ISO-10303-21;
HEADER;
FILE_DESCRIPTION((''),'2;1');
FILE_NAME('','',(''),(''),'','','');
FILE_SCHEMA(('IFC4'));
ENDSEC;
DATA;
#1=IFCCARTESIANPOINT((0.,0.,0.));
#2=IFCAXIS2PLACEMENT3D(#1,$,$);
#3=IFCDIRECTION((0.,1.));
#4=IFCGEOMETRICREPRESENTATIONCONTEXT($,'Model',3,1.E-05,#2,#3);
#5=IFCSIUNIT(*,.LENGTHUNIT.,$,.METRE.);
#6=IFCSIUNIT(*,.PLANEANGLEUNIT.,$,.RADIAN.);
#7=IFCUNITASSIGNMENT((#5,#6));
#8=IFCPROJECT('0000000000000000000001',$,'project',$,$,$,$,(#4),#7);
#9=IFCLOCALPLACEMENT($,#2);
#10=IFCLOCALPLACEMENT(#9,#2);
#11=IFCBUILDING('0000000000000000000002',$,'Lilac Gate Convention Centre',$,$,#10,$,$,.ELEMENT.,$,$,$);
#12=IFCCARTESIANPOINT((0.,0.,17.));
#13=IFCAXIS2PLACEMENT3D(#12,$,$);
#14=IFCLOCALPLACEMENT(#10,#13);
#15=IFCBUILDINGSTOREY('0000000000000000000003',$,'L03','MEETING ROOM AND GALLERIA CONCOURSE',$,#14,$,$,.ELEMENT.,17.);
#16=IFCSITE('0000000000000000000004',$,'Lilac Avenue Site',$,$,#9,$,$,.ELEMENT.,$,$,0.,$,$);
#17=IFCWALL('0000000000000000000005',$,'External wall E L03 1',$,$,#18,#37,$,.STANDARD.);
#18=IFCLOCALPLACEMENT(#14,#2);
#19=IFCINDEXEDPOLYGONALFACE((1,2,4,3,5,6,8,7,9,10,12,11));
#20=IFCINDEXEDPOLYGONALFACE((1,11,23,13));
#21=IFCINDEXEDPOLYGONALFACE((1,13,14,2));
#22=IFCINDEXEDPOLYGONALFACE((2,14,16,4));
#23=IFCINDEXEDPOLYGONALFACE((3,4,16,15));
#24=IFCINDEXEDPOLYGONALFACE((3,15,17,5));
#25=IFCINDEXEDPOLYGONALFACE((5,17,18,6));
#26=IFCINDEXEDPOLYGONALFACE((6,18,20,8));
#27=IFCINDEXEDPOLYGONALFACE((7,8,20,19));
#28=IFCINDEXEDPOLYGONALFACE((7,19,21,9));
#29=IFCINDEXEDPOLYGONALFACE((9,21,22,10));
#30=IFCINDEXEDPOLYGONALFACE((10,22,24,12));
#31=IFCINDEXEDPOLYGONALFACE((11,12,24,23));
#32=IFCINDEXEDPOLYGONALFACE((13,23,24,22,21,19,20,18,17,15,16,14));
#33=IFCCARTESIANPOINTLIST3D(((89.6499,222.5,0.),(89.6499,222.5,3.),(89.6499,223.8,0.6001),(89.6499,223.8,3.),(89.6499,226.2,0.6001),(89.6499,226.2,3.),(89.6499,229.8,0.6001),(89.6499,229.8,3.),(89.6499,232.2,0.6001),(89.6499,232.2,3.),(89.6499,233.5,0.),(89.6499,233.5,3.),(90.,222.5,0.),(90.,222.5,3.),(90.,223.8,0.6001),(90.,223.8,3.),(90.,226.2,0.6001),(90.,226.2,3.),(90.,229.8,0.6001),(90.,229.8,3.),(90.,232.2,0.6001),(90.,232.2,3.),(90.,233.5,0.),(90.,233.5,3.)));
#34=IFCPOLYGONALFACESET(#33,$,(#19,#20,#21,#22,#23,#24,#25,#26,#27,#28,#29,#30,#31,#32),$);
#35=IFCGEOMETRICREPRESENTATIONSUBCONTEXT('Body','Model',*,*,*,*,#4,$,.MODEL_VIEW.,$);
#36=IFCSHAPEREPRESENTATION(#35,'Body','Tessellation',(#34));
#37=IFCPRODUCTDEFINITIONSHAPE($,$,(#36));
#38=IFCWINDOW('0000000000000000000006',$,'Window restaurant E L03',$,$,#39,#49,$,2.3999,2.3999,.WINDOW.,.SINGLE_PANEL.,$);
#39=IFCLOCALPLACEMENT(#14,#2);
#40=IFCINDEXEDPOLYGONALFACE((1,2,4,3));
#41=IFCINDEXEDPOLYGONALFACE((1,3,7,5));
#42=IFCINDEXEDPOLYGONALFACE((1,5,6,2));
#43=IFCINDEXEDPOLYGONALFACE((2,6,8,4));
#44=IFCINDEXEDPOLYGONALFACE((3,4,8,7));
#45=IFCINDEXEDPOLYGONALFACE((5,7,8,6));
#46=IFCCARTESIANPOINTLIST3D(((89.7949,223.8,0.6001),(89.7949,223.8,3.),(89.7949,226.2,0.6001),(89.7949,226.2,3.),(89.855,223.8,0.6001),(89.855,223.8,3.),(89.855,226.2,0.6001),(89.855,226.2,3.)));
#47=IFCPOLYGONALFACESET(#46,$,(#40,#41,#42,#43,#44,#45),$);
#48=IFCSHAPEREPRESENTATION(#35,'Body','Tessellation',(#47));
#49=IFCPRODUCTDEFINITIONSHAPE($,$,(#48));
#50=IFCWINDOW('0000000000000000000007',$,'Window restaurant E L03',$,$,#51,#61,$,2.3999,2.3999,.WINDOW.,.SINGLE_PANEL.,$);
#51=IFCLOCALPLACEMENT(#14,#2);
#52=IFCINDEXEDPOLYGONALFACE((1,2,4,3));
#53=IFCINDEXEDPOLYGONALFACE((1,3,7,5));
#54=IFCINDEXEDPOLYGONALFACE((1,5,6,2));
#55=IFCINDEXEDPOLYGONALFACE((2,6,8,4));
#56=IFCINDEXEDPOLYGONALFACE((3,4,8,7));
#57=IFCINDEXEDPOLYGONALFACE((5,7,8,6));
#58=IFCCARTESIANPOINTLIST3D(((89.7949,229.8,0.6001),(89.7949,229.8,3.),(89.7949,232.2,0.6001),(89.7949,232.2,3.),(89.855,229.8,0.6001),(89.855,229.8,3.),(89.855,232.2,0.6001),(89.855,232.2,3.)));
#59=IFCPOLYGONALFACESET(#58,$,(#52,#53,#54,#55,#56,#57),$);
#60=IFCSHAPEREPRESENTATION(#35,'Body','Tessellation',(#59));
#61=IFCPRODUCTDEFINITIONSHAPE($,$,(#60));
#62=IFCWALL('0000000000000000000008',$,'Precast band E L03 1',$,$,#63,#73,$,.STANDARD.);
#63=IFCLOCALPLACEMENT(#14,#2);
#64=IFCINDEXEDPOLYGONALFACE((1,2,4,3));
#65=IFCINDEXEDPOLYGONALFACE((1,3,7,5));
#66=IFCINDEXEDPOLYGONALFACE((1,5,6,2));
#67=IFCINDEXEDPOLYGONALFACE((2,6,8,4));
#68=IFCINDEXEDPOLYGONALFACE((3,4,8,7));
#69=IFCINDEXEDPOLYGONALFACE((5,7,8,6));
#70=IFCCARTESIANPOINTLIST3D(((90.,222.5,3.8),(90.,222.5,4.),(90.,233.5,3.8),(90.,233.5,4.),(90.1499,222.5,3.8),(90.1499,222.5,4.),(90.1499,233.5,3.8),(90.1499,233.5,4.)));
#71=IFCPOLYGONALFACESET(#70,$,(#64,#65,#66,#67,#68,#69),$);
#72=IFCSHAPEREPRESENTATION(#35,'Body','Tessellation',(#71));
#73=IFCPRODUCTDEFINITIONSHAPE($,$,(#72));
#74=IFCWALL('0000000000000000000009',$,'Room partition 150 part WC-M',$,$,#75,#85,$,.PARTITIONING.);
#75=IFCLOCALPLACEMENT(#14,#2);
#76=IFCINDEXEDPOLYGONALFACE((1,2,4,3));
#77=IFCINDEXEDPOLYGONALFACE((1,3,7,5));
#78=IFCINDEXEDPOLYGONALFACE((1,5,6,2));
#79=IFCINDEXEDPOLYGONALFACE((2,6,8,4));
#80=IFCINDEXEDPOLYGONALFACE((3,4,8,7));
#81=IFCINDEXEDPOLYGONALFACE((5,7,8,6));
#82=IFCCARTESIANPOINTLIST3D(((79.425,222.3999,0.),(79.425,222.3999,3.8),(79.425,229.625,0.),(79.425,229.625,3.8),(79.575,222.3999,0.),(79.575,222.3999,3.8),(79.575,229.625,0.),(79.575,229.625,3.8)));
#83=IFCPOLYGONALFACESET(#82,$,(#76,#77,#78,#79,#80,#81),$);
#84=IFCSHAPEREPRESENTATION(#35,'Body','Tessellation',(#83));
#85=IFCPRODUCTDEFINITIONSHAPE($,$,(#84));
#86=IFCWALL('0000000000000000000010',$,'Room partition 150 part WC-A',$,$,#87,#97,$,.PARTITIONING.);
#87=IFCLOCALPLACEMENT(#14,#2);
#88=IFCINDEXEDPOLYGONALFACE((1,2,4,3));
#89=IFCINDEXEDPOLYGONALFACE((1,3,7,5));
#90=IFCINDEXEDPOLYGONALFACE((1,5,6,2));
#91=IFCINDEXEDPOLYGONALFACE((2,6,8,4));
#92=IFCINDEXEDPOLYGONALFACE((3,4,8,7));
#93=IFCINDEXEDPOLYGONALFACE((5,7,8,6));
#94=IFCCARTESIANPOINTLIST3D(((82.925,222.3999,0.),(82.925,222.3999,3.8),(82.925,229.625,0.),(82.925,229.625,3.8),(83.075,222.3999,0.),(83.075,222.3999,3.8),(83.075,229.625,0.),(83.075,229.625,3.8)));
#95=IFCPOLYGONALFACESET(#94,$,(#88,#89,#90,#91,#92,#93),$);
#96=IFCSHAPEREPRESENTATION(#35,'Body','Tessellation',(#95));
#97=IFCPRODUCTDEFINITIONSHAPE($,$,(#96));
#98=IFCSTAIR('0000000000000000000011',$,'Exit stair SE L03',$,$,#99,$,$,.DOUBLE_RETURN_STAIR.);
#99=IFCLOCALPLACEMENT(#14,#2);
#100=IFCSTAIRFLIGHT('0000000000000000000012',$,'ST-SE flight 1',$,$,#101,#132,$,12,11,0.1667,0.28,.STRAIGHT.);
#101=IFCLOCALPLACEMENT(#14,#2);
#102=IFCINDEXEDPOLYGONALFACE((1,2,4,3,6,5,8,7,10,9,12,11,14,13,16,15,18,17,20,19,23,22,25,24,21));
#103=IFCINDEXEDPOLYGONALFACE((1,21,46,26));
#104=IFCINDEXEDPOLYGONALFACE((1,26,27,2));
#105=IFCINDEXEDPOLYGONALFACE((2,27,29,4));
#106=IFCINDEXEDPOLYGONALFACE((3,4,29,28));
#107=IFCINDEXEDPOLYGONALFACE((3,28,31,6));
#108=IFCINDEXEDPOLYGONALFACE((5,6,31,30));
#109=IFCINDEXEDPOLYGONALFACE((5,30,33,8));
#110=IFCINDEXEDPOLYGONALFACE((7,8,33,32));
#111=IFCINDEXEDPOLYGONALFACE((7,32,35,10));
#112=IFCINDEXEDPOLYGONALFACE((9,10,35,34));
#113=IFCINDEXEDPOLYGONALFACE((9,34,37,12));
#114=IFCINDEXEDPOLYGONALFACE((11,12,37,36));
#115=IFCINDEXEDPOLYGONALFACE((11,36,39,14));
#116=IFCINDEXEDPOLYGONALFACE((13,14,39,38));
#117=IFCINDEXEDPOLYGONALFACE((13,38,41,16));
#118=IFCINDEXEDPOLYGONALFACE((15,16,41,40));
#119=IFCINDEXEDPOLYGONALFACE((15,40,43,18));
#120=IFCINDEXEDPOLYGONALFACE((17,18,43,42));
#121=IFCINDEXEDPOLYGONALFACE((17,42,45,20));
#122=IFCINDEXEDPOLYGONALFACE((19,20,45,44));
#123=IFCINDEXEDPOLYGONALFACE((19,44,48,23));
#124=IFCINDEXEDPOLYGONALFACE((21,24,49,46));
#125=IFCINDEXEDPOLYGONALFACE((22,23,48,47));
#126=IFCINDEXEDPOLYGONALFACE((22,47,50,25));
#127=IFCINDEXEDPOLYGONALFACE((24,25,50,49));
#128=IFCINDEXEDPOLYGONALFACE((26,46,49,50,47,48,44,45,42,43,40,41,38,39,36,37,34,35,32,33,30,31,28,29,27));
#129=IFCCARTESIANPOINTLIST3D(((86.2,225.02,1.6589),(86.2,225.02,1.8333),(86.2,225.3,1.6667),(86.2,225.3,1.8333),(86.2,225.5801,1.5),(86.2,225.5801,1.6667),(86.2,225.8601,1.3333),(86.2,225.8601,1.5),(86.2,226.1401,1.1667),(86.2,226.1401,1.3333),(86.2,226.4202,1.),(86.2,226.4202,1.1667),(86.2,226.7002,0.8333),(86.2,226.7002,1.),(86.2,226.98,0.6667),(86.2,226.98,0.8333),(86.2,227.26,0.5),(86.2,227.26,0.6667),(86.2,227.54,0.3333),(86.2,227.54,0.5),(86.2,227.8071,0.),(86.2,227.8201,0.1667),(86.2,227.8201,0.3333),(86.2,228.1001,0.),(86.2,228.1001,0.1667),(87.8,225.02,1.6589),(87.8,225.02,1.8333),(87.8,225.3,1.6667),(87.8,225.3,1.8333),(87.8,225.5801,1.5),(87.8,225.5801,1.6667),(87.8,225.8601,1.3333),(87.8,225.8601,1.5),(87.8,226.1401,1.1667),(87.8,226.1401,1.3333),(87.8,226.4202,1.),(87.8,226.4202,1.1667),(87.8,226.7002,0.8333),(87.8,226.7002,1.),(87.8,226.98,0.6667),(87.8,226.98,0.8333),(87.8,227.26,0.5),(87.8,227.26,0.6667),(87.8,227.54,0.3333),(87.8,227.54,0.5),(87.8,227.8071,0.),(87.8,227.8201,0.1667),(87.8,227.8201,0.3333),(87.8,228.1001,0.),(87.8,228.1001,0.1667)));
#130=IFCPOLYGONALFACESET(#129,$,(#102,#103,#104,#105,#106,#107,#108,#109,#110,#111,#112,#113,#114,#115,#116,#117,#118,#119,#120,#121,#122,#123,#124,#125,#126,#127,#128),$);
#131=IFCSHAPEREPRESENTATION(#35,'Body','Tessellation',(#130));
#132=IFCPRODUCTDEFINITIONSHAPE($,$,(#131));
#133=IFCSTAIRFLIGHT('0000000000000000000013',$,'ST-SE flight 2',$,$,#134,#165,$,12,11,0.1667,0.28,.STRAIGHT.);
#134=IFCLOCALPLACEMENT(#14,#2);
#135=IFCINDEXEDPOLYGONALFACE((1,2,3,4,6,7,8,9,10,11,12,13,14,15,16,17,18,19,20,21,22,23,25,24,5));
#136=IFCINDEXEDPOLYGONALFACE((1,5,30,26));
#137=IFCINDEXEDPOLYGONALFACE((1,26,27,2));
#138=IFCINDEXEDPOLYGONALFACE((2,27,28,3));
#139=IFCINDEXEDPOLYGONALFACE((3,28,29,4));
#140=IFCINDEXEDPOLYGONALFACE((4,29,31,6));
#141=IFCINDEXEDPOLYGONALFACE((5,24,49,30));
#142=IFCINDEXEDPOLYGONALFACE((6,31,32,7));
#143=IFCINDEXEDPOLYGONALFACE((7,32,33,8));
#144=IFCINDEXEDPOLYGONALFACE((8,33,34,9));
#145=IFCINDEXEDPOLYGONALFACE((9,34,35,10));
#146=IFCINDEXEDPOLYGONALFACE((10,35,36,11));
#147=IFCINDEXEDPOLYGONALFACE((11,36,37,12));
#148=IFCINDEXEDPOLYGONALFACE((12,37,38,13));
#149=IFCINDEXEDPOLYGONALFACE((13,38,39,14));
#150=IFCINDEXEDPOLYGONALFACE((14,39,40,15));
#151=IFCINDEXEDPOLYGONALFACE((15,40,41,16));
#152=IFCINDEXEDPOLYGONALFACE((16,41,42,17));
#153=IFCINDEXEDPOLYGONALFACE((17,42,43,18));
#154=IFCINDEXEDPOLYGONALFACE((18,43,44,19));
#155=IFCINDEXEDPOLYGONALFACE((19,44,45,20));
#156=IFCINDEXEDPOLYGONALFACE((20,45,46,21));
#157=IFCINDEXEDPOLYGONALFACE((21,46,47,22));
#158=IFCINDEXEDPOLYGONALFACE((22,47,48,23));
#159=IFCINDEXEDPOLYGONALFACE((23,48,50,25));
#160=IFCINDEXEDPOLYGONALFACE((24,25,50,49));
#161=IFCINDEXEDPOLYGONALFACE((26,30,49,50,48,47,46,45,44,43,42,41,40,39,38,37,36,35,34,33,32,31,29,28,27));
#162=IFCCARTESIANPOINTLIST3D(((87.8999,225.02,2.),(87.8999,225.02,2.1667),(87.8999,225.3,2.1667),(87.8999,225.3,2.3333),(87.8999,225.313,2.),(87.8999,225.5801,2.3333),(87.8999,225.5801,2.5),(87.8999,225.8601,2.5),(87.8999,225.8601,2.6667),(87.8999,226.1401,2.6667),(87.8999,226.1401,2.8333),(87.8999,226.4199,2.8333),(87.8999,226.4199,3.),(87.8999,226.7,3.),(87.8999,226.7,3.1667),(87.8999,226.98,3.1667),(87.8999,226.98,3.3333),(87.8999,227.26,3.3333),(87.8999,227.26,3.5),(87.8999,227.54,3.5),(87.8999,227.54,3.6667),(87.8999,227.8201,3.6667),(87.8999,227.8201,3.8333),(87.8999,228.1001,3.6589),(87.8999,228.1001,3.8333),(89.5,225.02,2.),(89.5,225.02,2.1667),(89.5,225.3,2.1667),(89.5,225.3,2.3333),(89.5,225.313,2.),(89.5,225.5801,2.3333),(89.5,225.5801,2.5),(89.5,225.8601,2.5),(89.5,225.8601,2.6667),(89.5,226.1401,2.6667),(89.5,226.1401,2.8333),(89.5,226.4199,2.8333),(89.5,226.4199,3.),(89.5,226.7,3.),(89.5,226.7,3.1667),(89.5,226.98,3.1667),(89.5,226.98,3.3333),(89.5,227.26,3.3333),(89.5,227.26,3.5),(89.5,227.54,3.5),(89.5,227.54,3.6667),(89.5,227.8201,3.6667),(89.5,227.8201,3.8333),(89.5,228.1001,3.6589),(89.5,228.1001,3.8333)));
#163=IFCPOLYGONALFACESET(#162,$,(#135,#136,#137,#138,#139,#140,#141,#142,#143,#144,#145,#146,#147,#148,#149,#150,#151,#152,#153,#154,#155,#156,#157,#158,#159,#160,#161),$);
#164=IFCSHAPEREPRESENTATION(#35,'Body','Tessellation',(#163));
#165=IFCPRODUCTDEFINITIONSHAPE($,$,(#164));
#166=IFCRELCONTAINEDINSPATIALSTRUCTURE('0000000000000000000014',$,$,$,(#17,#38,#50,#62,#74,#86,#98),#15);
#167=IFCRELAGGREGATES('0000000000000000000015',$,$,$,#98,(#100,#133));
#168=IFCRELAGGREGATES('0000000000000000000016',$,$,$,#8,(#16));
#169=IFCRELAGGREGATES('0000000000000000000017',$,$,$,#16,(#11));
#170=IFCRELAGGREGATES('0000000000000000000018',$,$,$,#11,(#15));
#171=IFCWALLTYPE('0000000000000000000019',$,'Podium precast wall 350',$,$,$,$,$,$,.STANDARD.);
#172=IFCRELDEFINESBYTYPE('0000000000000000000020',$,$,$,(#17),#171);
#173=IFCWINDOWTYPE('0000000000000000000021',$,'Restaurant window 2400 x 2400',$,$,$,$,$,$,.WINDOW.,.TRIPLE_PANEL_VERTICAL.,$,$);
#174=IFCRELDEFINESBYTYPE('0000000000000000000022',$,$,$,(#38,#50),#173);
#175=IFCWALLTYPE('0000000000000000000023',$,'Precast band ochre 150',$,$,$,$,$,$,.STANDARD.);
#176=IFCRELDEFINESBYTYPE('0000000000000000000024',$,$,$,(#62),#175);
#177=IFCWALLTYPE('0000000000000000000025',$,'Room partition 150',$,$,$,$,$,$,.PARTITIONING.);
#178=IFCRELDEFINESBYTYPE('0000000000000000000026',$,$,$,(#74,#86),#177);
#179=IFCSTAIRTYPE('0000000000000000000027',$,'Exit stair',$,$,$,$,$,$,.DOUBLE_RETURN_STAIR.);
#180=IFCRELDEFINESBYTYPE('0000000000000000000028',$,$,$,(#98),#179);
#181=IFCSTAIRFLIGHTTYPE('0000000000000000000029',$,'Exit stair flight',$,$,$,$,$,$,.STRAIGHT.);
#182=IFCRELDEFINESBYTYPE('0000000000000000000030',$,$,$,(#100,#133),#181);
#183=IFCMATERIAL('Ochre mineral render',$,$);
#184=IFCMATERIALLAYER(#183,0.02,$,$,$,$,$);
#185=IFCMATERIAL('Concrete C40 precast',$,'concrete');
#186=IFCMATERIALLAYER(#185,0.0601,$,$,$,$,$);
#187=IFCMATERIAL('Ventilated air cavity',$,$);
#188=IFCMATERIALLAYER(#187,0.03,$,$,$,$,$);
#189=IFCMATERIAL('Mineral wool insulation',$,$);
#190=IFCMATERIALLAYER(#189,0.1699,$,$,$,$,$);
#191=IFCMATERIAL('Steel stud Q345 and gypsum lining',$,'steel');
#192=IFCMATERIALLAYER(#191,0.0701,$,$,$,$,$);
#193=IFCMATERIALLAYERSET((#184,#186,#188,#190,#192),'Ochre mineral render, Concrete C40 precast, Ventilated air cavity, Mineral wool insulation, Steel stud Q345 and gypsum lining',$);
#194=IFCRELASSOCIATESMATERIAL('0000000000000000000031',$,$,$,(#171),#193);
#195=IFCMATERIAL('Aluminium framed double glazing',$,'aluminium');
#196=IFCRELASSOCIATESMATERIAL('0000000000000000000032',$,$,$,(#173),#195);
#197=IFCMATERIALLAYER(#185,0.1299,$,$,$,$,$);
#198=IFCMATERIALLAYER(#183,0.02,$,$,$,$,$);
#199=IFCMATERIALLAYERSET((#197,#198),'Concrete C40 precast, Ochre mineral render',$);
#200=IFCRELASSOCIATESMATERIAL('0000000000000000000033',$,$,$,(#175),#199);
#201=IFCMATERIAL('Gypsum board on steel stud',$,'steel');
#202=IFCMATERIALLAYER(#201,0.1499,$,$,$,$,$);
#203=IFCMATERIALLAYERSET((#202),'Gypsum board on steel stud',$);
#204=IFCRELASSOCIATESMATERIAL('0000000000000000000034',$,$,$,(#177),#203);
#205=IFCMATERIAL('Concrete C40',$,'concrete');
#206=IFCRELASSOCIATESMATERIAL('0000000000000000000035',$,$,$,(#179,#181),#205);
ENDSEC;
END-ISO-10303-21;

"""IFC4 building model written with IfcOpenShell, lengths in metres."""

from ifc_helpers import new_model, si_unit, direction, frame, frame_2d, origin, place, context, subcontext, project, spatial, polyline, rectangle, outline, extrude, material, layer, layer_set, type_object, element, fill, aggregate, save


model = new_model("IFC4")

# Units and contexts
model_context = context("Model", 3, precision=1e-05, world=origin(), true_north=direction((0.0, 1.0)))
body_context = subcontext(model_context, "Body", "Model", "MODEL_VIEW")
ifc_project = project(units=[si_unit("LENGTHUNIT", "METRE"), si_unit("PLANEANGLEUNIT", "RADIAN")], contexts=[model_context])

# Site, building, storey
site_placement = place(None, origin())
site = spatial("IfcSite", under=ifc_project, at=site_placement, Name="Lilac Avenue Site", CompositionType="ELEMENT", RefElevation=0.0)
building_placement = place(site_placement, origin())
building = spatial("IfcBuilding", under=site, at=building_placement, Name="Lilac Gate Convention Centre", CompositionType="ELEMENT")
storey_placement = place(building_placement, frame((0.0, 0.0, 17.0)))
storey = spatial("IfcBuildingStorey", under=building, at=storey_placement, Name="L03", Description="MEETING ROOM AND GALLERIA CONCOURSE", CompositionType="ELEMENT", Elevation=17.0)

# Shared definitions
ifc_material_1 = material(Name="Concrete C40", Category="concrete")

# Shared definitions
ifc_material_2 = material(Name="Gypsum board on steel stud", Category="steel")

# Wall, openings, windows
ifc_material_3 = material(Name="Ochre mineral render")
ifc_layer_1 = layer(ifc_material_3, 0.02)
ifc_material_4 = material(Name="Concrete C40 precast", Category="concrete")
ifc_layer_2 = layer(ifc_material_4, 0.0601)
ifc_material_5 = material(Name="Ventilated air cavity")
ifc_layer_3 = layer(ifc_material_5, 0.03)
ifc_material_6 = material(Name="Mineral wool insulation")
ifc_layer_4 = layer(ifc_material_6, 0.1699)
ifc_material_7 = material(Name="Steel stud Q345 and gypsum lining", Category="steel")
ifc_layer_5 = layer(ifc_material_7, 0.0701)
ifc_layer_set_1 = layer_set([ifc_layer_1, ifc_layer_2, ifc_layer_3, ifc_layer_4, ifc_layer_5], Name="Ochre mineral render, Concrete C40 precast, Ventilated air cavity, Mineral wool insulation, Steel stud Q345 and gypsum lining")
wall_type_1 = type_object("IfcWallType", Name="Podium precast wall 350", PredefinedType="STANDARD", material=ifc_layer_set_1)
wall_1_placement = place(storey_placement, frame((89.825, 222.5, 0.0), z_axis=(0.0, 0.0, 1.0), x_axis=(0.0, 1.0, 0.0)))
wall_1 = element("IfcWall", 1, at=wall_1_placement, inside=storey, type_object=wall_type_1, Name="External wall E L03 1", PredefinedType="STANDARD", context=body_context, shape_type="SweptSolid", body=[
    extrude(rectangle(XDim=11.0, YDim=0.3501, at=frame_2d((5.5, 0.0))), origin(), (0.0, 0.0, 1.0), 3.0),
])
opening_1_placement = place(wall_1_placement, frame((1.3, 0.0, 0.6001)))
opening_1 = element("IfcOpeningElement", 2, at=opening_1_placement, cuts=wall_1, PredefinedType="OPENING", context=body_context, shape_type="SweptSolid", body=[
    extrude(rectangle(XDim=2.3999, YDim=2.3999, at=frame_2d((1.2, 1.2))), frame((0.0, 0.1851, 0.0), z_axis=(0.0, -1.0, 0.0), x_axis=(1.0, 0.0, 0.0)), (0.0, 0.0, 1.0), 0.3701),
])
opening_2_placement = place(wall_1_placement, frame((7.3, 0.0, 0.6001)))
opening_2 = element("IfcOpeningElement", 3, at=opening_2_placement, cuts=wall_1, PredefinedType="OPENING", context=body_context, shape_type="SweptSolid", body=[
    extrude(rectangle(XDim=2.3999, YDim=2.3999, at=frame_2d((1.2, 1.2))), frame((0.0, 0.1851, 0.0), z_axis=(0.0, -1.0, 0.0), x_axis=(1.0, 0.0, 0.0)), (0.0, 0.0, 1.0), 0.3701),
])
ifc_material_8 = material(Name="Aluminium framed double glazing", Category="aluminium")
window_type = type_object("IfcWindowType", Name="Restaurant window 2400 x 2400", PartitioningType="TRIPLE_PANEL_VERTICAL", PredefinedType="WINDOW", material=ifc_material_8)
window_1_placement = place(opening_1_placement, origin())
window_1 = element("IfcWindow", 4, at=window_1_placement, inside=storey, type_object=window_type, Name="Window restaurant E L03", OverallHeight=2.3999, OverallWidth=2.3999, PartitioningType="SINGLE_PANEL", PredefinedType="WINDOW", context=body_context, shape_type="SweptSolid", body=[
    extrude(rectangle(XDim=2.3999, YDim=2.3999, at=frame_2d((1.2, 1.2))), frame((0.0, 0.03, 0.0), z_axis=(0.0, -1.0, 0.0), x_axis=(1.0, 0.0, 0.0)), (0.0, 0.0, 1.0), 0.0601),
])
fill(opening_1, window_1)
window_2_placement = place(opening_2_placement, origin())
window_2 = element("IfcWindow", 5, at=window_2_placement, inside=storey, type_object=window_type, Name="Window restaurant E L03", OverallHeight=2.3999, OverallWidth=2.3999, PartitioningType="SINGLE_PANEL", PredefinedType="WINDOW", context=body_context, shape_type="SweptSolid", body=[
    extrude(rectangle(XDim=2.3999, YDim=2.3999, at=frame_2d((1.2, 1.2))), frame((0.0, 0.03, 0.0), z_axis=(0.0, -1.0, 0.0), x_axis=(1.0, 0.0, 0.0)), (0.0, 0.0, 1.0), 0.0601),
])
fill(opening_2, window_2)

# Walls
ifc_layer_6 = layer(ifc_material_4, 0.1299)
ifc_layer_7 = layer(ifc_material_3, 0.02)
ifc_layer_set_2 = layer_set([ifc_layer_6, ifc_layer_7], Name="Concrete C40 precast, Ochre mineral render")
wall_type_2 = type_object("IfcWallType", Name="Precast band ochre 150", PredefinedType="STANDARD", material=ifc_layer_set_2)
wall_2_placement = place(storey_placement, frame((90.075, 222.5, 3.8), z_axis=(0.0, 0.0, 1.0), x_axis=(0.0, 1.0, 0.0)))
element("IfcWall", 6, at=wall_2_placement, inside=storey, type_object=wall_type_2, Name="Precast band E L03 1", PredefinedType="STANDARD", context=body_context, shape_type="SweptSolid", body=[
    extrude(rectangle(XDim=11.0, YDim=0.1499, at=frame_2d((5.5, 0.0))), origin(), (0.0, 0.0, 1.0), 0.2),
])
ifc_layer_8 = layer(ifc_material_2, 0.1499)
ifc_layer_set_3 = layer_set([ifc_layer_8], Name="Gypsum board on steel stud")
wall_type_3 = type_object("IfcWallType", Name="Room partition 150", PredefinedType="PARTITIONING", material=ifc_layer_set_3)
for number, where, z_axis, x_axis, name in (
    (7, (79.5, 222.3999, 0.0), (0.0, 0.0, 1.0), (0.0, 1.0, 0.0), "Room partition 150 part WC-M"),
    (8, (83.0, 222.3999, 0.0), (0.0, 0.0, 1.0), (0.0, 1.0, 0.0), "Room partition 150 part WC-A"),
):
    element("IfcWall", number, at=place(storey_placement, frame(where, z_axis=z_axis, x_axis=x_axis)), inside=storey, type_object=wall_type_3, Name=name, PredefinedType="PARTITIONING", context=body_context, shape_type="SweptSolid", body=[
        extrude(rectangle(XDim=7.2251, YDim=0.1499, at=frame_2d((3.6125, 0.0))), origin(), (0.0, 0.0, 1.0), 3.8),
    ])

# Stair, stair flights
stair_type = type_object("IfcStairType", Name="Exit stair", PredefinedType="DOUBLE_RETURN_STAIR", material=ifc_material_1)
stair_placement = place(storey_placement, origin())
stair = element("IfcStair", 9, at=stair_placement, inside=storey, type_object=stair_type, Name="Exit stair SE L03", PredefinedType="DOUBLE_RETURN_STAIR")
stair_flight_type = type_object("IfcStairFlightType", Name="Exit stair flight", PredefinedType="STRAIGHT", material=ifc_material_1)
stair_flight_1_placement = place(storey_placement, frame((87.0, 228.1001, 0.0), z_axis=(0.0, 0.0, 1.0), x_axis=(0.0, -1.0, 0.0)))
stair_flight_1 = element("IfcStairFlight", 10, at=stair_flight_1_placement, type_object=stair_flight_type, Name="ST-SE flight 1", NumberOfRisers=12, NumberOfTreads=11, PredefinedType="STRAIGHT", RiserHeight=0.1667, TreadLength=0.28, context=body_context, shape_type="SweptSolid", body=[
    extrude(outline(polyline([(0.0, 0.0), (0.0, 0.1667), (0.28, 0.1667), (0.28, 0.3333), (0.5601, 0.3333), (0.5601, 0.5), (0.8401, 0.5), (0.8401, 0.6667), (1.1201, 0.6667), (1.1201, 0.8333), (1.3999, 0.8333), (1.3999, 1.0), (1.6799, 1.0), (1.6799, 1.1667), (1.96, 1.1667), (1.96, 1.3333), (2.24, 1.3333), (2.24, 1.5), (2.52, 1.5), (2.52, 1.6667), (2.8, 1.6667), (2.8, 1.8333), (3.0801, 1.8333), (3.0801, 2.0), (3.0801, 1.6589), (0.293, 0.0), (0.0, 0.0)])), frame((0.0, 0.8, 0.0), z_axis=(0.0, -1.0, 0.0), x_axis=(1.0, 0.0, 0.0)), (0.0, 0.0, 1.0), 1.6001),
])
stair_flight_2_placement = place(storey_placement, frame((88.7, 225.02, 2.0), z_axis=(0.0, 0.0, 1.0), x_axis=(0.0, 1.0, 0.0)))
stair_flight_2 = element("IfcStairFlight", 11, at=stair_flight_2_placement, type_object=stair_flight_type, Name="ST-SE flight 2", NumberOfRisers=12, NumberOfTreads=11, PredefinedType="STRAIGHT", RiserHeight=0.1667, TreadLength=0.28, context=body_context, shape_type="SweptSolid", body=[
    extrude(outline(polyline([(0.0, 0.0), (0.0, 0.1667), (0.28, 0.1667), (0.28, 0.3333), (0.5601, 0.3333), (0.5601, 0.5), (0.8401, 0.5), (0.8401, 0.6667), (1.1201, 0.6667), (1.1201, 0.8333), (1.3999, 0.8333), (1.3999, 1.0), (1.6799, 1.0), (1.6799, 1.1667), (1.96, 1.1667), (1.96, 1.3333), (2.24, 1.3333), (2.24, 1.5), (2.52, 1.5), (2.52, 1.6667), (2.8, 1.6667), (2.8, 1.8333), (3.0801, 1.8333), (3.0801, 2.0), (3.0801, 1.6589), (0.293, 0.0), (0.0, 0.0)])), frame((0.0, 0.8, 0.0), z_axis=(0.0, -1.0, 0.0), x_axis=(1.0, 0.0, 0.0)), (0.0, 0.0, 1.0), 1.6001),
])
aggregate(stair, [stair_flight_1, stair_flight_2])

save(model, "model.ifc")
